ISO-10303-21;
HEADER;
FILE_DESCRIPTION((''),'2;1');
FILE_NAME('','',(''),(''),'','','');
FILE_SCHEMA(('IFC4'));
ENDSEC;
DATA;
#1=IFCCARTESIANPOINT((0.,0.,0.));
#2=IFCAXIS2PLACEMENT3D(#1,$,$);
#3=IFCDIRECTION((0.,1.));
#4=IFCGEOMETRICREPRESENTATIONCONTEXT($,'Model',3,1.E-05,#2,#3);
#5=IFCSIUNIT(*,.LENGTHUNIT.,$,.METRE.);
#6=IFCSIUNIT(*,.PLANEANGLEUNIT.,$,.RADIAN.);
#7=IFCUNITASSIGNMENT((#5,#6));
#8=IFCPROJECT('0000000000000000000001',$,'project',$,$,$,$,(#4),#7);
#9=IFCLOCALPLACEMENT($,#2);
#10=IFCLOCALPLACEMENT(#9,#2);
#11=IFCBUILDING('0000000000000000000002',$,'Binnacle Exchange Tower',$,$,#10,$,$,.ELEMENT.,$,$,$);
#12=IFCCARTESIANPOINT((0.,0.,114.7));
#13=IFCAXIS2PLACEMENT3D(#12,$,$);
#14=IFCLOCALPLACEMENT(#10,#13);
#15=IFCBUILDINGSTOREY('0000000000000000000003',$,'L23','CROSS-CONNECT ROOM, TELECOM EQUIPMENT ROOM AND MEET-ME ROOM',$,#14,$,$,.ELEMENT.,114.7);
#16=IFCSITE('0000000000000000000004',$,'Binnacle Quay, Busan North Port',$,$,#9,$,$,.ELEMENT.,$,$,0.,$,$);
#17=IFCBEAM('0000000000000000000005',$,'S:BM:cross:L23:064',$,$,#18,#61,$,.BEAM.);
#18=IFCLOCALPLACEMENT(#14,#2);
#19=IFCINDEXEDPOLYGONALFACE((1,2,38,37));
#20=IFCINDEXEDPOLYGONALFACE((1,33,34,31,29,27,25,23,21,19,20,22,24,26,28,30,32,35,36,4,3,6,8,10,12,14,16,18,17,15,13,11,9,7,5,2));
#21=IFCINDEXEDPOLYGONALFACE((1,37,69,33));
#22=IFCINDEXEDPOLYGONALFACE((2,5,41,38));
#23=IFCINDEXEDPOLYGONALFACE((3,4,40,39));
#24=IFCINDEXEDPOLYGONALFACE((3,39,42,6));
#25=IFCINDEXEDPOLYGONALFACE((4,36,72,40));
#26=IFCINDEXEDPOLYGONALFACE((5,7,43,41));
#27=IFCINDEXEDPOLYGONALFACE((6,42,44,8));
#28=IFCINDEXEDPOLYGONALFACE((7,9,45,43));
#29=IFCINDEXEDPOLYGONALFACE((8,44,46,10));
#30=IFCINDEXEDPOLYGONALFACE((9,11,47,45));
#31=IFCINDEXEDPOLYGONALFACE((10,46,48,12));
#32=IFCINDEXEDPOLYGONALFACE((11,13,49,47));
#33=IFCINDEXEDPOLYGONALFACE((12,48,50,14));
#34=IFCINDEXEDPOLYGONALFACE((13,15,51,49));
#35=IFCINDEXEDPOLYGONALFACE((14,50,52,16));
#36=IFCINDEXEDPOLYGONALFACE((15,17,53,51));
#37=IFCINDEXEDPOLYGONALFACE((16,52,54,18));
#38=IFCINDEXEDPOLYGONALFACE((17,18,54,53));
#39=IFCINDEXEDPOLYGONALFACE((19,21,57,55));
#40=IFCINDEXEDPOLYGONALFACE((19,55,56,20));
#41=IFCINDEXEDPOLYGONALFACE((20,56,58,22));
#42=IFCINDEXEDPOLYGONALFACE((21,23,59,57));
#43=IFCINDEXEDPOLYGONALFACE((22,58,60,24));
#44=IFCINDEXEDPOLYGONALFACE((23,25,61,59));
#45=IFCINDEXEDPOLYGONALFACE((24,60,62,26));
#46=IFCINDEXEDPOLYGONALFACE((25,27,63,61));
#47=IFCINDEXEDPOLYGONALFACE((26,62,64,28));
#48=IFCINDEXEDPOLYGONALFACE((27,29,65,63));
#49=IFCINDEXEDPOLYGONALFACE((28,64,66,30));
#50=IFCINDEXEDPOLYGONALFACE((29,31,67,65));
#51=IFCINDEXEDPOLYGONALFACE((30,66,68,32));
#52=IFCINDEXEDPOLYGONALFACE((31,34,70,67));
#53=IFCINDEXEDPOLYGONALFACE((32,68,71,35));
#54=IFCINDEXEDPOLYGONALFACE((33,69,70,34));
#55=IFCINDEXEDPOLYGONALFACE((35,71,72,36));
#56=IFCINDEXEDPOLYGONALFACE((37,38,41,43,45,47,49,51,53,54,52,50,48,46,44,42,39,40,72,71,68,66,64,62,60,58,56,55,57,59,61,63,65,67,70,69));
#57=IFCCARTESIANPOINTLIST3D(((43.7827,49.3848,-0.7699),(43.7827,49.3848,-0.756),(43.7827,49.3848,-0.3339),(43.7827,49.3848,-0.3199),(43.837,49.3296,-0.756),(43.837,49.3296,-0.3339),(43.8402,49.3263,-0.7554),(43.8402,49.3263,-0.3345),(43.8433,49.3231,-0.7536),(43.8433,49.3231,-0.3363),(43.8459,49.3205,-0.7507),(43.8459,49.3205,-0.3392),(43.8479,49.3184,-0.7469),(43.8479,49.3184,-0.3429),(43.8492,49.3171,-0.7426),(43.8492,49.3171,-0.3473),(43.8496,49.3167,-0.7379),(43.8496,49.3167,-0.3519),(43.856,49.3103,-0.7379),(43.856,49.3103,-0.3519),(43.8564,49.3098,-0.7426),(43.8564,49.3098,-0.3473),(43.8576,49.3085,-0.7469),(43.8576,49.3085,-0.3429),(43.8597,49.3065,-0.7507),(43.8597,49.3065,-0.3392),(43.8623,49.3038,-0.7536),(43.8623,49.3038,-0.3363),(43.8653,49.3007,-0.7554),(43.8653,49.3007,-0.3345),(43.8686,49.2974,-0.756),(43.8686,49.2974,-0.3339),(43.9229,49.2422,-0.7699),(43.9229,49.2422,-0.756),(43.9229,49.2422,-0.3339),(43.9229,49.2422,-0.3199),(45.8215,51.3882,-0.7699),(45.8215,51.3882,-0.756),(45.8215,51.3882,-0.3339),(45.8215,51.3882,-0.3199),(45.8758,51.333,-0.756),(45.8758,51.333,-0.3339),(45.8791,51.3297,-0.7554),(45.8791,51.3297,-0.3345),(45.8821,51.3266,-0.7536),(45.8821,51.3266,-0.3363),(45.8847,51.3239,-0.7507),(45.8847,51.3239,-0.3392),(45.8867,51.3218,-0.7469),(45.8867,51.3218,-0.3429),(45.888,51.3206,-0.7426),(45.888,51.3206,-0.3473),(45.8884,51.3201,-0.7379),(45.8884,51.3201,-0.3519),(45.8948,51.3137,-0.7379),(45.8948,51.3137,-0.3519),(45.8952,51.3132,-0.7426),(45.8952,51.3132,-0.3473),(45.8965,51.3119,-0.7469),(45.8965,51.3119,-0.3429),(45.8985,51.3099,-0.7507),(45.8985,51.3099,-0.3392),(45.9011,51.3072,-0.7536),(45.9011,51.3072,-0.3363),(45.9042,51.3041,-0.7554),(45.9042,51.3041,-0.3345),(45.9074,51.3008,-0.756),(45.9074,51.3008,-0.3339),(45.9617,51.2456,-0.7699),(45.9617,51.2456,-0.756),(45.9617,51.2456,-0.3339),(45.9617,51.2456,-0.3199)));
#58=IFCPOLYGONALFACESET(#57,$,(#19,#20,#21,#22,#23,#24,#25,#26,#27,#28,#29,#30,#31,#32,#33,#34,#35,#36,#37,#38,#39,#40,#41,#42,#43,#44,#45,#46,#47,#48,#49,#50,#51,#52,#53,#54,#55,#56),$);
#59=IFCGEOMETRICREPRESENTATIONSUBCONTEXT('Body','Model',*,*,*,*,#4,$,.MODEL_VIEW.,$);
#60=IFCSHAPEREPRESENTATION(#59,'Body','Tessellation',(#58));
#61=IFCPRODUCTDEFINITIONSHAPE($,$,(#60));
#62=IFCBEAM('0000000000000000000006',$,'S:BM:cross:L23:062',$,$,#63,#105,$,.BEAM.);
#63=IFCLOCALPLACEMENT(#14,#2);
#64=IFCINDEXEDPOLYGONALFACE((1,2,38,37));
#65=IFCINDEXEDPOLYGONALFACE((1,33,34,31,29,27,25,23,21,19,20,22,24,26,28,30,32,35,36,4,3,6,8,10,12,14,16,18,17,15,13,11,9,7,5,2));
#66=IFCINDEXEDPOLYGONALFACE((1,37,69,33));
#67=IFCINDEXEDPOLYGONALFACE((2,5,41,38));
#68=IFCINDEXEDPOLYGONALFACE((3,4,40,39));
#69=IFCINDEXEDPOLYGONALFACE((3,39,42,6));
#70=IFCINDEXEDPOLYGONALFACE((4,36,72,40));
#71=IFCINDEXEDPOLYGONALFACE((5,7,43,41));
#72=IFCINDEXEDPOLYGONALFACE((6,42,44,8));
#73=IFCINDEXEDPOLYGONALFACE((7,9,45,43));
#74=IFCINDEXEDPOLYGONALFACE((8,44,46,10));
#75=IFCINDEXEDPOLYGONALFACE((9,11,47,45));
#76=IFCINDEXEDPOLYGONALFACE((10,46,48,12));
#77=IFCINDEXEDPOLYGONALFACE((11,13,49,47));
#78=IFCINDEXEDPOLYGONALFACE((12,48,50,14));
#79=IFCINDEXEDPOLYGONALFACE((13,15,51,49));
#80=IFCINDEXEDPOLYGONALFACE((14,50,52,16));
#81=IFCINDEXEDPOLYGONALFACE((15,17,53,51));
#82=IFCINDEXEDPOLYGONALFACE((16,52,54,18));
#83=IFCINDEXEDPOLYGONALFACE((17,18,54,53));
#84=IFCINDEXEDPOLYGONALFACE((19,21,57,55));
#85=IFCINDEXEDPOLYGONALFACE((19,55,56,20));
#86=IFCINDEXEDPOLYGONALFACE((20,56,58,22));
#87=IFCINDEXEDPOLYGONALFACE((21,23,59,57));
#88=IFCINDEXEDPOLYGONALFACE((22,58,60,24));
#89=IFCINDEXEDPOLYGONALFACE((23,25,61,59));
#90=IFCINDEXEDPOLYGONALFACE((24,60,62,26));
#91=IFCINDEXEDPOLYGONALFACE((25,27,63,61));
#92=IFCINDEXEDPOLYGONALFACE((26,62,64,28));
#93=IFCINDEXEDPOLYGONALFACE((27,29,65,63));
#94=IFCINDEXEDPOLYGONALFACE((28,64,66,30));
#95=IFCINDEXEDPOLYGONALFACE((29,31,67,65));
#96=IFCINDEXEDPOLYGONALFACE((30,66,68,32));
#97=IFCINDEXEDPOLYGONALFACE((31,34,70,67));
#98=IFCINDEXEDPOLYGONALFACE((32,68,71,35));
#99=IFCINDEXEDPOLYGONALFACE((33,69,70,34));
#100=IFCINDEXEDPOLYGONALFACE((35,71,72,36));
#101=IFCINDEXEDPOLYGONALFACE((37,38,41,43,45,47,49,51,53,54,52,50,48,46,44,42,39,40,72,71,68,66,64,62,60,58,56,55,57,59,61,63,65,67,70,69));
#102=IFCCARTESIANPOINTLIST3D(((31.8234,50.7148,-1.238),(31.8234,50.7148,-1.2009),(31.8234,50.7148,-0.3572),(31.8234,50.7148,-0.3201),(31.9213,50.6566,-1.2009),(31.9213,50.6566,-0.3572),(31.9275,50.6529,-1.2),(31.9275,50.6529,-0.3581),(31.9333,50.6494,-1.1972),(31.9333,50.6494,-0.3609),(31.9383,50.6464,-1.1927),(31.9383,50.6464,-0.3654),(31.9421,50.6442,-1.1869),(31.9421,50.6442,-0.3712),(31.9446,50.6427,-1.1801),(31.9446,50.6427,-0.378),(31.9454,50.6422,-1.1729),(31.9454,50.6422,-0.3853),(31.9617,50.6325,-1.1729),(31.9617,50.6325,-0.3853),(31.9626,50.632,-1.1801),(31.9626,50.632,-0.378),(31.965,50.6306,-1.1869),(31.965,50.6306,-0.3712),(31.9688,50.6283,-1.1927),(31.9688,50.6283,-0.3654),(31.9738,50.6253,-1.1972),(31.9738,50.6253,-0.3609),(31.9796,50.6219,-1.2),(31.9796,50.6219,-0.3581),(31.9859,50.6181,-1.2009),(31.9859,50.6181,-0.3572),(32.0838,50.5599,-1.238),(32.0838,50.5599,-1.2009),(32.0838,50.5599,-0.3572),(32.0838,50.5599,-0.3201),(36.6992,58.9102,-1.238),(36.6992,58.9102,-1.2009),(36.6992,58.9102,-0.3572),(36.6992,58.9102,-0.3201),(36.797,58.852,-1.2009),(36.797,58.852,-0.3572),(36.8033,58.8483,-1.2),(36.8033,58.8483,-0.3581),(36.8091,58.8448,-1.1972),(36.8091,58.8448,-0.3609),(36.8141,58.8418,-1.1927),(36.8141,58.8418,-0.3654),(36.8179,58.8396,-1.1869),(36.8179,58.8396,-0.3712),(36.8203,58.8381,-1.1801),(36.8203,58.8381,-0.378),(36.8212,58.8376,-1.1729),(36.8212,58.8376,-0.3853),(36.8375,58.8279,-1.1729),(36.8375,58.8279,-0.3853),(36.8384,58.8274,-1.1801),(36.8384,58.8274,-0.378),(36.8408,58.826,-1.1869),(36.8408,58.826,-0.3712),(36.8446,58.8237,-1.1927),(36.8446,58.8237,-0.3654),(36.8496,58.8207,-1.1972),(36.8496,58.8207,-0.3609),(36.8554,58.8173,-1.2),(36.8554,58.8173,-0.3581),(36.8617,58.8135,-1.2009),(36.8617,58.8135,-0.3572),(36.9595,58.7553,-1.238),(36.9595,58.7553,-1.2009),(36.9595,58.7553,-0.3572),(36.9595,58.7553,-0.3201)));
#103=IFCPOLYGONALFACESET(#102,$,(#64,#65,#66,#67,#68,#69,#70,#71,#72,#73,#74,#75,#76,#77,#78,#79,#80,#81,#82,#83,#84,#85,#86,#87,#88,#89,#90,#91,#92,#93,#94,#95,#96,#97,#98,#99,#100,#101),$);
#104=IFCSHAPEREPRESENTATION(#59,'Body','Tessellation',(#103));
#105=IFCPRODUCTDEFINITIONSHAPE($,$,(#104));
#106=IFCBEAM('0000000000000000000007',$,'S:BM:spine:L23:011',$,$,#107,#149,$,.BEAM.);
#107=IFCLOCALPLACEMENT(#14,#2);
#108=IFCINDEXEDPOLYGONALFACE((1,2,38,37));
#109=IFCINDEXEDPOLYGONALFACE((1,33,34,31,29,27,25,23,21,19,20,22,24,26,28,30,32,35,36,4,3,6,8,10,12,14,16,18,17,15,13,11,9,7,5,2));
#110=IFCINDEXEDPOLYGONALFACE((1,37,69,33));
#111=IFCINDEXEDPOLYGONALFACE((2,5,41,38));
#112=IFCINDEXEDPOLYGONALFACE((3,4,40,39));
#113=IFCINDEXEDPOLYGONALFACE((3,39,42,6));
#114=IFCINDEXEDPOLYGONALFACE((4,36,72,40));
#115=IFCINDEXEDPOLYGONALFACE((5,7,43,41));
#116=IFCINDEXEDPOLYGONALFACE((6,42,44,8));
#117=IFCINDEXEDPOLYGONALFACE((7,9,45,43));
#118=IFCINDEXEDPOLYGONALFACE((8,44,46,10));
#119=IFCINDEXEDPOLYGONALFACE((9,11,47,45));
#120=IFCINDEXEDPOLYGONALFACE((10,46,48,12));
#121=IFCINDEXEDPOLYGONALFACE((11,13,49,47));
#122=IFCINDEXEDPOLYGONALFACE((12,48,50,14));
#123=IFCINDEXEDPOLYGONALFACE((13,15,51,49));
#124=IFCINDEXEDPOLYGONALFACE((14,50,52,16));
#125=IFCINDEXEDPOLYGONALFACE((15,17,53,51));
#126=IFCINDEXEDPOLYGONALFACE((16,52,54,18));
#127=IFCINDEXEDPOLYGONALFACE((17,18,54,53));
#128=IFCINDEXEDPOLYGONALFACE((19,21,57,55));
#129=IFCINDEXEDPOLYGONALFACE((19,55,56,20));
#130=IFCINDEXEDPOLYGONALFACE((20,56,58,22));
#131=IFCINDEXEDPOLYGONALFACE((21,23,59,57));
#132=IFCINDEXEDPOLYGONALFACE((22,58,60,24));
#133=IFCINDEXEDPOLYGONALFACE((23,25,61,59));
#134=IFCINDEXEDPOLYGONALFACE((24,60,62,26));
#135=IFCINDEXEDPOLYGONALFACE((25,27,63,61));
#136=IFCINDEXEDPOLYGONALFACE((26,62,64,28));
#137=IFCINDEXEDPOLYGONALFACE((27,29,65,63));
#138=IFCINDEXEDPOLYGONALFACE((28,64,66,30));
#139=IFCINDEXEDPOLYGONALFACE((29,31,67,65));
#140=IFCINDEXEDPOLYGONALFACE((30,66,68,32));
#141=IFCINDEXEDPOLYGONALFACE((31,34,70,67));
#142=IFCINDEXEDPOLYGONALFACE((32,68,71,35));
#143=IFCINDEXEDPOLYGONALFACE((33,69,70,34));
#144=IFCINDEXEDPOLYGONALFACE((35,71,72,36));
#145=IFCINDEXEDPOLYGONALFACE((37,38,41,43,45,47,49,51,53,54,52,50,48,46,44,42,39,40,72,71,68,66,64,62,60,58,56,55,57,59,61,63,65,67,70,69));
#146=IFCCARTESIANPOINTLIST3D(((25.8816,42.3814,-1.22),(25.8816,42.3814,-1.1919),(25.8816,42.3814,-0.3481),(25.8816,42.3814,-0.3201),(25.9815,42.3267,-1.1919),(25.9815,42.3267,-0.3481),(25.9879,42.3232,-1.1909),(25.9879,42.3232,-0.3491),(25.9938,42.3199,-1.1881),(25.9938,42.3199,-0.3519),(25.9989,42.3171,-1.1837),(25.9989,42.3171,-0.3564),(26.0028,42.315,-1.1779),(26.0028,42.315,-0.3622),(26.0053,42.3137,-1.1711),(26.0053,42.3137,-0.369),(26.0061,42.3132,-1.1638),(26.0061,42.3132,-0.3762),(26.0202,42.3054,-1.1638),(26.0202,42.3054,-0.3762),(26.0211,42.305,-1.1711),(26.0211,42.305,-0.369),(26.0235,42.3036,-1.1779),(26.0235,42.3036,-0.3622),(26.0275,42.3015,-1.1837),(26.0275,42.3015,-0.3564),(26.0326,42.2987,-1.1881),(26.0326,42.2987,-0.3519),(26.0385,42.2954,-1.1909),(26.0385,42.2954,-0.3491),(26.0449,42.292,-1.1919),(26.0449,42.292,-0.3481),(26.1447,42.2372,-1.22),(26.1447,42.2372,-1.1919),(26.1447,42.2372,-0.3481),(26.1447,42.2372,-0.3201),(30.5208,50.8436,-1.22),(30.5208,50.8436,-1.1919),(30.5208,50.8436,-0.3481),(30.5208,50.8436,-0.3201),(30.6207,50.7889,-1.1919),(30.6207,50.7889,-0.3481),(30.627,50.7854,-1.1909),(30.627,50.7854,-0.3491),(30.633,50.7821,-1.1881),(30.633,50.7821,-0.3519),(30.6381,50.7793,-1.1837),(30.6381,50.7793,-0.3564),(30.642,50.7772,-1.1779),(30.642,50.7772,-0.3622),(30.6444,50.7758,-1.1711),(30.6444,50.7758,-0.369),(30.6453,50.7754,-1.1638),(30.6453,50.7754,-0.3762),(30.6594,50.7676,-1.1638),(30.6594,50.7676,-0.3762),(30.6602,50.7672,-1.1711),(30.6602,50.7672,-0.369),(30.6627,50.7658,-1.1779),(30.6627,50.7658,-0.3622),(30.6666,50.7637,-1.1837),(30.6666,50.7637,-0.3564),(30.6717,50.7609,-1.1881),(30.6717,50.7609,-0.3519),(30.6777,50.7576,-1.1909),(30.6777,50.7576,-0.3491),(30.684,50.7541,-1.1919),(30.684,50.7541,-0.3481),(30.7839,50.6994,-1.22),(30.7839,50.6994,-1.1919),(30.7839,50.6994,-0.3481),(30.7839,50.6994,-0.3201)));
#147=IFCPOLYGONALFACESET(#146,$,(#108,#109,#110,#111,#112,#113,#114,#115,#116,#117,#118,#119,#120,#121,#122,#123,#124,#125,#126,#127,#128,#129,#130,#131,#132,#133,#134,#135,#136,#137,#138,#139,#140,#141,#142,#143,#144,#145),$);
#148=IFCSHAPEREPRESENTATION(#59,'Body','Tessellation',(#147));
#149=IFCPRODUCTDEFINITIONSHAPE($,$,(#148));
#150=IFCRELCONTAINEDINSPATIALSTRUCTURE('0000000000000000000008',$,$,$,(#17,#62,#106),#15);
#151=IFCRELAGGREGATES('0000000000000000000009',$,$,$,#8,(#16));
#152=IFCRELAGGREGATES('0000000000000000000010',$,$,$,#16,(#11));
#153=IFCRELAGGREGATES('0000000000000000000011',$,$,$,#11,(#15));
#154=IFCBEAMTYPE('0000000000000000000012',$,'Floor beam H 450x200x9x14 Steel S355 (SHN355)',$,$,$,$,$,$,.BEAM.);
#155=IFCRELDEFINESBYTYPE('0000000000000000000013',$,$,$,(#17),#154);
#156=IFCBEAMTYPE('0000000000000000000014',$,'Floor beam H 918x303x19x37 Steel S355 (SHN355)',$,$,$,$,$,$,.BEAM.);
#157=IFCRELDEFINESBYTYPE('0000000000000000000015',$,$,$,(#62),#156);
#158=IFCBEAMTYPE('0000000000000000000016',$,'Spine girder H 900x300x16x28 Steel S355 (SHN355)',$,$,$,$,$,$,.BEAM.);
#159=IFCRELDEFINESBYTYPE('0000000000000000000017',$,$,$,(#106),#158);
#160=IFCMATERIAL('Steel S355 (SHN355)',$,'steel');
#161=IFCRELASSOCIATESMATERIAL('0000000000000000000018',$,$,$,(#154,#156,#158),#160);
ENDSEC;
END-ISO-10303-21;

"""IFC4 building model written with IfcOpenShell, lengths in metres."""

from ifc_helpers import new_model, si_unit, direction, frame, origin, origin_2d, place, context, subcontext, project, spatial, i_section, extrude, material, material_profile, profile_set, type_object, element, save


model = new_model("IFC4")

# Units and contexts
model_context = context("Model", 3, precision=1e-05, world=origin(), true_north=direction((0.0, 1.0)))
body_context = subcontext(model_context, "Body", "Model", "MODEL_VIEW")
ifc_project = project(units=[si_unit("LENGTHUNIT", "METRE"), si_unit("PLANEANGLEUNIT", "RADIAN")], contexts=[model_context])

# Site, building, storey
site_placement = place(None, origin())
site = spatial("IfcSite", under=ifc_project, at=site_placement, Name="Binnacle Quay, Busan North Port", CompositionType="ELEMENT", RefElevation=0.0)
building_placement = place(site_placement, origin())
building = spatial("IfcBuilding", under=site, at=building_placement, Name="Binnacle Exchange Tower", CompositionType="ELEMENT")
storey_placement = place(building_placement, frame((0.0, 0.0, 114.7)))
storey = spatial("IfcBuildingStorey", under=building, at=storey_placement, Name="L23", Description="CROSS-CONNECT ROOM, TELECOM EQUIPMENT ROOM AND MEET-ME ROOM", CompositionType="ELEMENT", Elevation=114.7)

# Beams
ifc_material_1 = material(Name="Steel S355 (SHN355)", Category="steel")
ifc_material_profile_1 = material_profile(ifc_material_1, i_section(OverallWidth=0.2, OverallDepth=0.45, WebThickness=0.009, FlangeThickness=0.0139, FilletRadius=0.0181, at=origin_2d()), Name="H 450x200x9x14")
ifc_profile_set_1 = profile_set([ifc_material_profile_1], Name="Steel S355 (SHN355)")
beam_type_1 = type_object("IfcBeamType", Name="Floor beam H 450x200x9x14 Steel S355 (SHN355)", PredefinedType="BEAM", material=ifc_profile_set_1)
beam_1_placement = place(storey_placement, frame((45.8916, 51.3169, -0.5449), z_axis=(-0.713272, -0.700887, 0.0), x_axis=(0.700887, -0.713272, 0.0)))
element("IfcBeam", 1, at=beam_1_placement, inside=storey, type_object=beam_type_1, Name="S:BM:cross:L23:064", PredefinedType="BEAM", context=body_context, shape_type="SweptSolid", body=[
    extrude(i_section(OverallWidth=0.2, OverallDepth=0.45, WebThickness=0.009, FlangeThickness=0.0139, FilletRadius=0.0181, at=origin_2d()), origin(), (0.0, 0.0, 1.0), 2.8584),
])
ifc_material_profile_2 = material_profile(ifc_material_1, i_section(OverallWidth=0.303, OverallDepth=0.918, WebThickness=0.019, FlangeThickness=0.0371, FilletRadius=0.0281, at=origin_2d()), Name="H 918x303x19x37")
ifc_profile_set_2 = profile_set([ifc_material_profile_2], Name="Steel S355 (SHN355)")
beam_type_2 = type_object("IfcBeamType", Name="Floor beam H 918x303x19x37 Steel S355 (SHN355)", PredefinedType="BEAM", material=ifc_profile_set_2)
beam_2_placement = place(storey_placement, frame((36.8293, 58.8328, -0.7791), z_axis=(-0.511296, -0.859405, 0.0), x_axis=(0.859405, -0.511296, 0.0)))
element("IfcBeam", 2, at=beam_2_placement, inside=storey, type_object=beam_type_2, Name="S:BM:cross:L23:062", PredefinedType="BEAM", context=body_context, shape_type="SweptSolid", body=[
    extrude(i_section(OverallWidth=0.303, OverallDepth=0.918, WebThickness=0.019, FlangeThickness=0.0371, FilletRadius=0.0281, at=origin_2d()), origin(), (0.0, 0.0, 1.0), 9.5361),
])
ifc_material_profile_3 = material_profile(ifc_material_1, i_section(OverallWidth=0.3, OverallDepth=0.8999, WebThickness=0.0161, FlangeThickness=0.0281, FilletRadius=0.0281, at=origin_2d()), Name="H 900x300x16x28")
ifc_profile_set_3 = profile_set([ifc_material_profile_3], Name="Steel S355 (SHN355)")
beam_type_3 = type_object("IfcBeamType", Name="Spine girder H 900x300x16x28 Steel S355 (SHN355)", PredefinedType="BEAM", material=ifc_profile_set_3)
beam_3_placement = place(storey_placement, frame((30.6523, 50.7715, -0.77), z_axis=(-0.480723, -0.876873, 0.0), x_axis=(0.876873, -0.480723, 0.0)))
element("IfcBeam", 3, at=beam_3_placement, inside=storey, type_object=beam_type_3, Name="S:BM:spine:L23:011", PredefinedType="BEAM", context=body_context, shape_type="SweptSolid", body=[
    extrude(i_section(OverallWidth=0.3, OverallDepth=0.8999, WebThickness=0.0161, FlangeThickness=0.0281, FilletRadius=0.0281, at=origin_2d()), origin(), (0.0, 0.0, 1.0), 9.6504),
])

save(model, "model.ifc")
